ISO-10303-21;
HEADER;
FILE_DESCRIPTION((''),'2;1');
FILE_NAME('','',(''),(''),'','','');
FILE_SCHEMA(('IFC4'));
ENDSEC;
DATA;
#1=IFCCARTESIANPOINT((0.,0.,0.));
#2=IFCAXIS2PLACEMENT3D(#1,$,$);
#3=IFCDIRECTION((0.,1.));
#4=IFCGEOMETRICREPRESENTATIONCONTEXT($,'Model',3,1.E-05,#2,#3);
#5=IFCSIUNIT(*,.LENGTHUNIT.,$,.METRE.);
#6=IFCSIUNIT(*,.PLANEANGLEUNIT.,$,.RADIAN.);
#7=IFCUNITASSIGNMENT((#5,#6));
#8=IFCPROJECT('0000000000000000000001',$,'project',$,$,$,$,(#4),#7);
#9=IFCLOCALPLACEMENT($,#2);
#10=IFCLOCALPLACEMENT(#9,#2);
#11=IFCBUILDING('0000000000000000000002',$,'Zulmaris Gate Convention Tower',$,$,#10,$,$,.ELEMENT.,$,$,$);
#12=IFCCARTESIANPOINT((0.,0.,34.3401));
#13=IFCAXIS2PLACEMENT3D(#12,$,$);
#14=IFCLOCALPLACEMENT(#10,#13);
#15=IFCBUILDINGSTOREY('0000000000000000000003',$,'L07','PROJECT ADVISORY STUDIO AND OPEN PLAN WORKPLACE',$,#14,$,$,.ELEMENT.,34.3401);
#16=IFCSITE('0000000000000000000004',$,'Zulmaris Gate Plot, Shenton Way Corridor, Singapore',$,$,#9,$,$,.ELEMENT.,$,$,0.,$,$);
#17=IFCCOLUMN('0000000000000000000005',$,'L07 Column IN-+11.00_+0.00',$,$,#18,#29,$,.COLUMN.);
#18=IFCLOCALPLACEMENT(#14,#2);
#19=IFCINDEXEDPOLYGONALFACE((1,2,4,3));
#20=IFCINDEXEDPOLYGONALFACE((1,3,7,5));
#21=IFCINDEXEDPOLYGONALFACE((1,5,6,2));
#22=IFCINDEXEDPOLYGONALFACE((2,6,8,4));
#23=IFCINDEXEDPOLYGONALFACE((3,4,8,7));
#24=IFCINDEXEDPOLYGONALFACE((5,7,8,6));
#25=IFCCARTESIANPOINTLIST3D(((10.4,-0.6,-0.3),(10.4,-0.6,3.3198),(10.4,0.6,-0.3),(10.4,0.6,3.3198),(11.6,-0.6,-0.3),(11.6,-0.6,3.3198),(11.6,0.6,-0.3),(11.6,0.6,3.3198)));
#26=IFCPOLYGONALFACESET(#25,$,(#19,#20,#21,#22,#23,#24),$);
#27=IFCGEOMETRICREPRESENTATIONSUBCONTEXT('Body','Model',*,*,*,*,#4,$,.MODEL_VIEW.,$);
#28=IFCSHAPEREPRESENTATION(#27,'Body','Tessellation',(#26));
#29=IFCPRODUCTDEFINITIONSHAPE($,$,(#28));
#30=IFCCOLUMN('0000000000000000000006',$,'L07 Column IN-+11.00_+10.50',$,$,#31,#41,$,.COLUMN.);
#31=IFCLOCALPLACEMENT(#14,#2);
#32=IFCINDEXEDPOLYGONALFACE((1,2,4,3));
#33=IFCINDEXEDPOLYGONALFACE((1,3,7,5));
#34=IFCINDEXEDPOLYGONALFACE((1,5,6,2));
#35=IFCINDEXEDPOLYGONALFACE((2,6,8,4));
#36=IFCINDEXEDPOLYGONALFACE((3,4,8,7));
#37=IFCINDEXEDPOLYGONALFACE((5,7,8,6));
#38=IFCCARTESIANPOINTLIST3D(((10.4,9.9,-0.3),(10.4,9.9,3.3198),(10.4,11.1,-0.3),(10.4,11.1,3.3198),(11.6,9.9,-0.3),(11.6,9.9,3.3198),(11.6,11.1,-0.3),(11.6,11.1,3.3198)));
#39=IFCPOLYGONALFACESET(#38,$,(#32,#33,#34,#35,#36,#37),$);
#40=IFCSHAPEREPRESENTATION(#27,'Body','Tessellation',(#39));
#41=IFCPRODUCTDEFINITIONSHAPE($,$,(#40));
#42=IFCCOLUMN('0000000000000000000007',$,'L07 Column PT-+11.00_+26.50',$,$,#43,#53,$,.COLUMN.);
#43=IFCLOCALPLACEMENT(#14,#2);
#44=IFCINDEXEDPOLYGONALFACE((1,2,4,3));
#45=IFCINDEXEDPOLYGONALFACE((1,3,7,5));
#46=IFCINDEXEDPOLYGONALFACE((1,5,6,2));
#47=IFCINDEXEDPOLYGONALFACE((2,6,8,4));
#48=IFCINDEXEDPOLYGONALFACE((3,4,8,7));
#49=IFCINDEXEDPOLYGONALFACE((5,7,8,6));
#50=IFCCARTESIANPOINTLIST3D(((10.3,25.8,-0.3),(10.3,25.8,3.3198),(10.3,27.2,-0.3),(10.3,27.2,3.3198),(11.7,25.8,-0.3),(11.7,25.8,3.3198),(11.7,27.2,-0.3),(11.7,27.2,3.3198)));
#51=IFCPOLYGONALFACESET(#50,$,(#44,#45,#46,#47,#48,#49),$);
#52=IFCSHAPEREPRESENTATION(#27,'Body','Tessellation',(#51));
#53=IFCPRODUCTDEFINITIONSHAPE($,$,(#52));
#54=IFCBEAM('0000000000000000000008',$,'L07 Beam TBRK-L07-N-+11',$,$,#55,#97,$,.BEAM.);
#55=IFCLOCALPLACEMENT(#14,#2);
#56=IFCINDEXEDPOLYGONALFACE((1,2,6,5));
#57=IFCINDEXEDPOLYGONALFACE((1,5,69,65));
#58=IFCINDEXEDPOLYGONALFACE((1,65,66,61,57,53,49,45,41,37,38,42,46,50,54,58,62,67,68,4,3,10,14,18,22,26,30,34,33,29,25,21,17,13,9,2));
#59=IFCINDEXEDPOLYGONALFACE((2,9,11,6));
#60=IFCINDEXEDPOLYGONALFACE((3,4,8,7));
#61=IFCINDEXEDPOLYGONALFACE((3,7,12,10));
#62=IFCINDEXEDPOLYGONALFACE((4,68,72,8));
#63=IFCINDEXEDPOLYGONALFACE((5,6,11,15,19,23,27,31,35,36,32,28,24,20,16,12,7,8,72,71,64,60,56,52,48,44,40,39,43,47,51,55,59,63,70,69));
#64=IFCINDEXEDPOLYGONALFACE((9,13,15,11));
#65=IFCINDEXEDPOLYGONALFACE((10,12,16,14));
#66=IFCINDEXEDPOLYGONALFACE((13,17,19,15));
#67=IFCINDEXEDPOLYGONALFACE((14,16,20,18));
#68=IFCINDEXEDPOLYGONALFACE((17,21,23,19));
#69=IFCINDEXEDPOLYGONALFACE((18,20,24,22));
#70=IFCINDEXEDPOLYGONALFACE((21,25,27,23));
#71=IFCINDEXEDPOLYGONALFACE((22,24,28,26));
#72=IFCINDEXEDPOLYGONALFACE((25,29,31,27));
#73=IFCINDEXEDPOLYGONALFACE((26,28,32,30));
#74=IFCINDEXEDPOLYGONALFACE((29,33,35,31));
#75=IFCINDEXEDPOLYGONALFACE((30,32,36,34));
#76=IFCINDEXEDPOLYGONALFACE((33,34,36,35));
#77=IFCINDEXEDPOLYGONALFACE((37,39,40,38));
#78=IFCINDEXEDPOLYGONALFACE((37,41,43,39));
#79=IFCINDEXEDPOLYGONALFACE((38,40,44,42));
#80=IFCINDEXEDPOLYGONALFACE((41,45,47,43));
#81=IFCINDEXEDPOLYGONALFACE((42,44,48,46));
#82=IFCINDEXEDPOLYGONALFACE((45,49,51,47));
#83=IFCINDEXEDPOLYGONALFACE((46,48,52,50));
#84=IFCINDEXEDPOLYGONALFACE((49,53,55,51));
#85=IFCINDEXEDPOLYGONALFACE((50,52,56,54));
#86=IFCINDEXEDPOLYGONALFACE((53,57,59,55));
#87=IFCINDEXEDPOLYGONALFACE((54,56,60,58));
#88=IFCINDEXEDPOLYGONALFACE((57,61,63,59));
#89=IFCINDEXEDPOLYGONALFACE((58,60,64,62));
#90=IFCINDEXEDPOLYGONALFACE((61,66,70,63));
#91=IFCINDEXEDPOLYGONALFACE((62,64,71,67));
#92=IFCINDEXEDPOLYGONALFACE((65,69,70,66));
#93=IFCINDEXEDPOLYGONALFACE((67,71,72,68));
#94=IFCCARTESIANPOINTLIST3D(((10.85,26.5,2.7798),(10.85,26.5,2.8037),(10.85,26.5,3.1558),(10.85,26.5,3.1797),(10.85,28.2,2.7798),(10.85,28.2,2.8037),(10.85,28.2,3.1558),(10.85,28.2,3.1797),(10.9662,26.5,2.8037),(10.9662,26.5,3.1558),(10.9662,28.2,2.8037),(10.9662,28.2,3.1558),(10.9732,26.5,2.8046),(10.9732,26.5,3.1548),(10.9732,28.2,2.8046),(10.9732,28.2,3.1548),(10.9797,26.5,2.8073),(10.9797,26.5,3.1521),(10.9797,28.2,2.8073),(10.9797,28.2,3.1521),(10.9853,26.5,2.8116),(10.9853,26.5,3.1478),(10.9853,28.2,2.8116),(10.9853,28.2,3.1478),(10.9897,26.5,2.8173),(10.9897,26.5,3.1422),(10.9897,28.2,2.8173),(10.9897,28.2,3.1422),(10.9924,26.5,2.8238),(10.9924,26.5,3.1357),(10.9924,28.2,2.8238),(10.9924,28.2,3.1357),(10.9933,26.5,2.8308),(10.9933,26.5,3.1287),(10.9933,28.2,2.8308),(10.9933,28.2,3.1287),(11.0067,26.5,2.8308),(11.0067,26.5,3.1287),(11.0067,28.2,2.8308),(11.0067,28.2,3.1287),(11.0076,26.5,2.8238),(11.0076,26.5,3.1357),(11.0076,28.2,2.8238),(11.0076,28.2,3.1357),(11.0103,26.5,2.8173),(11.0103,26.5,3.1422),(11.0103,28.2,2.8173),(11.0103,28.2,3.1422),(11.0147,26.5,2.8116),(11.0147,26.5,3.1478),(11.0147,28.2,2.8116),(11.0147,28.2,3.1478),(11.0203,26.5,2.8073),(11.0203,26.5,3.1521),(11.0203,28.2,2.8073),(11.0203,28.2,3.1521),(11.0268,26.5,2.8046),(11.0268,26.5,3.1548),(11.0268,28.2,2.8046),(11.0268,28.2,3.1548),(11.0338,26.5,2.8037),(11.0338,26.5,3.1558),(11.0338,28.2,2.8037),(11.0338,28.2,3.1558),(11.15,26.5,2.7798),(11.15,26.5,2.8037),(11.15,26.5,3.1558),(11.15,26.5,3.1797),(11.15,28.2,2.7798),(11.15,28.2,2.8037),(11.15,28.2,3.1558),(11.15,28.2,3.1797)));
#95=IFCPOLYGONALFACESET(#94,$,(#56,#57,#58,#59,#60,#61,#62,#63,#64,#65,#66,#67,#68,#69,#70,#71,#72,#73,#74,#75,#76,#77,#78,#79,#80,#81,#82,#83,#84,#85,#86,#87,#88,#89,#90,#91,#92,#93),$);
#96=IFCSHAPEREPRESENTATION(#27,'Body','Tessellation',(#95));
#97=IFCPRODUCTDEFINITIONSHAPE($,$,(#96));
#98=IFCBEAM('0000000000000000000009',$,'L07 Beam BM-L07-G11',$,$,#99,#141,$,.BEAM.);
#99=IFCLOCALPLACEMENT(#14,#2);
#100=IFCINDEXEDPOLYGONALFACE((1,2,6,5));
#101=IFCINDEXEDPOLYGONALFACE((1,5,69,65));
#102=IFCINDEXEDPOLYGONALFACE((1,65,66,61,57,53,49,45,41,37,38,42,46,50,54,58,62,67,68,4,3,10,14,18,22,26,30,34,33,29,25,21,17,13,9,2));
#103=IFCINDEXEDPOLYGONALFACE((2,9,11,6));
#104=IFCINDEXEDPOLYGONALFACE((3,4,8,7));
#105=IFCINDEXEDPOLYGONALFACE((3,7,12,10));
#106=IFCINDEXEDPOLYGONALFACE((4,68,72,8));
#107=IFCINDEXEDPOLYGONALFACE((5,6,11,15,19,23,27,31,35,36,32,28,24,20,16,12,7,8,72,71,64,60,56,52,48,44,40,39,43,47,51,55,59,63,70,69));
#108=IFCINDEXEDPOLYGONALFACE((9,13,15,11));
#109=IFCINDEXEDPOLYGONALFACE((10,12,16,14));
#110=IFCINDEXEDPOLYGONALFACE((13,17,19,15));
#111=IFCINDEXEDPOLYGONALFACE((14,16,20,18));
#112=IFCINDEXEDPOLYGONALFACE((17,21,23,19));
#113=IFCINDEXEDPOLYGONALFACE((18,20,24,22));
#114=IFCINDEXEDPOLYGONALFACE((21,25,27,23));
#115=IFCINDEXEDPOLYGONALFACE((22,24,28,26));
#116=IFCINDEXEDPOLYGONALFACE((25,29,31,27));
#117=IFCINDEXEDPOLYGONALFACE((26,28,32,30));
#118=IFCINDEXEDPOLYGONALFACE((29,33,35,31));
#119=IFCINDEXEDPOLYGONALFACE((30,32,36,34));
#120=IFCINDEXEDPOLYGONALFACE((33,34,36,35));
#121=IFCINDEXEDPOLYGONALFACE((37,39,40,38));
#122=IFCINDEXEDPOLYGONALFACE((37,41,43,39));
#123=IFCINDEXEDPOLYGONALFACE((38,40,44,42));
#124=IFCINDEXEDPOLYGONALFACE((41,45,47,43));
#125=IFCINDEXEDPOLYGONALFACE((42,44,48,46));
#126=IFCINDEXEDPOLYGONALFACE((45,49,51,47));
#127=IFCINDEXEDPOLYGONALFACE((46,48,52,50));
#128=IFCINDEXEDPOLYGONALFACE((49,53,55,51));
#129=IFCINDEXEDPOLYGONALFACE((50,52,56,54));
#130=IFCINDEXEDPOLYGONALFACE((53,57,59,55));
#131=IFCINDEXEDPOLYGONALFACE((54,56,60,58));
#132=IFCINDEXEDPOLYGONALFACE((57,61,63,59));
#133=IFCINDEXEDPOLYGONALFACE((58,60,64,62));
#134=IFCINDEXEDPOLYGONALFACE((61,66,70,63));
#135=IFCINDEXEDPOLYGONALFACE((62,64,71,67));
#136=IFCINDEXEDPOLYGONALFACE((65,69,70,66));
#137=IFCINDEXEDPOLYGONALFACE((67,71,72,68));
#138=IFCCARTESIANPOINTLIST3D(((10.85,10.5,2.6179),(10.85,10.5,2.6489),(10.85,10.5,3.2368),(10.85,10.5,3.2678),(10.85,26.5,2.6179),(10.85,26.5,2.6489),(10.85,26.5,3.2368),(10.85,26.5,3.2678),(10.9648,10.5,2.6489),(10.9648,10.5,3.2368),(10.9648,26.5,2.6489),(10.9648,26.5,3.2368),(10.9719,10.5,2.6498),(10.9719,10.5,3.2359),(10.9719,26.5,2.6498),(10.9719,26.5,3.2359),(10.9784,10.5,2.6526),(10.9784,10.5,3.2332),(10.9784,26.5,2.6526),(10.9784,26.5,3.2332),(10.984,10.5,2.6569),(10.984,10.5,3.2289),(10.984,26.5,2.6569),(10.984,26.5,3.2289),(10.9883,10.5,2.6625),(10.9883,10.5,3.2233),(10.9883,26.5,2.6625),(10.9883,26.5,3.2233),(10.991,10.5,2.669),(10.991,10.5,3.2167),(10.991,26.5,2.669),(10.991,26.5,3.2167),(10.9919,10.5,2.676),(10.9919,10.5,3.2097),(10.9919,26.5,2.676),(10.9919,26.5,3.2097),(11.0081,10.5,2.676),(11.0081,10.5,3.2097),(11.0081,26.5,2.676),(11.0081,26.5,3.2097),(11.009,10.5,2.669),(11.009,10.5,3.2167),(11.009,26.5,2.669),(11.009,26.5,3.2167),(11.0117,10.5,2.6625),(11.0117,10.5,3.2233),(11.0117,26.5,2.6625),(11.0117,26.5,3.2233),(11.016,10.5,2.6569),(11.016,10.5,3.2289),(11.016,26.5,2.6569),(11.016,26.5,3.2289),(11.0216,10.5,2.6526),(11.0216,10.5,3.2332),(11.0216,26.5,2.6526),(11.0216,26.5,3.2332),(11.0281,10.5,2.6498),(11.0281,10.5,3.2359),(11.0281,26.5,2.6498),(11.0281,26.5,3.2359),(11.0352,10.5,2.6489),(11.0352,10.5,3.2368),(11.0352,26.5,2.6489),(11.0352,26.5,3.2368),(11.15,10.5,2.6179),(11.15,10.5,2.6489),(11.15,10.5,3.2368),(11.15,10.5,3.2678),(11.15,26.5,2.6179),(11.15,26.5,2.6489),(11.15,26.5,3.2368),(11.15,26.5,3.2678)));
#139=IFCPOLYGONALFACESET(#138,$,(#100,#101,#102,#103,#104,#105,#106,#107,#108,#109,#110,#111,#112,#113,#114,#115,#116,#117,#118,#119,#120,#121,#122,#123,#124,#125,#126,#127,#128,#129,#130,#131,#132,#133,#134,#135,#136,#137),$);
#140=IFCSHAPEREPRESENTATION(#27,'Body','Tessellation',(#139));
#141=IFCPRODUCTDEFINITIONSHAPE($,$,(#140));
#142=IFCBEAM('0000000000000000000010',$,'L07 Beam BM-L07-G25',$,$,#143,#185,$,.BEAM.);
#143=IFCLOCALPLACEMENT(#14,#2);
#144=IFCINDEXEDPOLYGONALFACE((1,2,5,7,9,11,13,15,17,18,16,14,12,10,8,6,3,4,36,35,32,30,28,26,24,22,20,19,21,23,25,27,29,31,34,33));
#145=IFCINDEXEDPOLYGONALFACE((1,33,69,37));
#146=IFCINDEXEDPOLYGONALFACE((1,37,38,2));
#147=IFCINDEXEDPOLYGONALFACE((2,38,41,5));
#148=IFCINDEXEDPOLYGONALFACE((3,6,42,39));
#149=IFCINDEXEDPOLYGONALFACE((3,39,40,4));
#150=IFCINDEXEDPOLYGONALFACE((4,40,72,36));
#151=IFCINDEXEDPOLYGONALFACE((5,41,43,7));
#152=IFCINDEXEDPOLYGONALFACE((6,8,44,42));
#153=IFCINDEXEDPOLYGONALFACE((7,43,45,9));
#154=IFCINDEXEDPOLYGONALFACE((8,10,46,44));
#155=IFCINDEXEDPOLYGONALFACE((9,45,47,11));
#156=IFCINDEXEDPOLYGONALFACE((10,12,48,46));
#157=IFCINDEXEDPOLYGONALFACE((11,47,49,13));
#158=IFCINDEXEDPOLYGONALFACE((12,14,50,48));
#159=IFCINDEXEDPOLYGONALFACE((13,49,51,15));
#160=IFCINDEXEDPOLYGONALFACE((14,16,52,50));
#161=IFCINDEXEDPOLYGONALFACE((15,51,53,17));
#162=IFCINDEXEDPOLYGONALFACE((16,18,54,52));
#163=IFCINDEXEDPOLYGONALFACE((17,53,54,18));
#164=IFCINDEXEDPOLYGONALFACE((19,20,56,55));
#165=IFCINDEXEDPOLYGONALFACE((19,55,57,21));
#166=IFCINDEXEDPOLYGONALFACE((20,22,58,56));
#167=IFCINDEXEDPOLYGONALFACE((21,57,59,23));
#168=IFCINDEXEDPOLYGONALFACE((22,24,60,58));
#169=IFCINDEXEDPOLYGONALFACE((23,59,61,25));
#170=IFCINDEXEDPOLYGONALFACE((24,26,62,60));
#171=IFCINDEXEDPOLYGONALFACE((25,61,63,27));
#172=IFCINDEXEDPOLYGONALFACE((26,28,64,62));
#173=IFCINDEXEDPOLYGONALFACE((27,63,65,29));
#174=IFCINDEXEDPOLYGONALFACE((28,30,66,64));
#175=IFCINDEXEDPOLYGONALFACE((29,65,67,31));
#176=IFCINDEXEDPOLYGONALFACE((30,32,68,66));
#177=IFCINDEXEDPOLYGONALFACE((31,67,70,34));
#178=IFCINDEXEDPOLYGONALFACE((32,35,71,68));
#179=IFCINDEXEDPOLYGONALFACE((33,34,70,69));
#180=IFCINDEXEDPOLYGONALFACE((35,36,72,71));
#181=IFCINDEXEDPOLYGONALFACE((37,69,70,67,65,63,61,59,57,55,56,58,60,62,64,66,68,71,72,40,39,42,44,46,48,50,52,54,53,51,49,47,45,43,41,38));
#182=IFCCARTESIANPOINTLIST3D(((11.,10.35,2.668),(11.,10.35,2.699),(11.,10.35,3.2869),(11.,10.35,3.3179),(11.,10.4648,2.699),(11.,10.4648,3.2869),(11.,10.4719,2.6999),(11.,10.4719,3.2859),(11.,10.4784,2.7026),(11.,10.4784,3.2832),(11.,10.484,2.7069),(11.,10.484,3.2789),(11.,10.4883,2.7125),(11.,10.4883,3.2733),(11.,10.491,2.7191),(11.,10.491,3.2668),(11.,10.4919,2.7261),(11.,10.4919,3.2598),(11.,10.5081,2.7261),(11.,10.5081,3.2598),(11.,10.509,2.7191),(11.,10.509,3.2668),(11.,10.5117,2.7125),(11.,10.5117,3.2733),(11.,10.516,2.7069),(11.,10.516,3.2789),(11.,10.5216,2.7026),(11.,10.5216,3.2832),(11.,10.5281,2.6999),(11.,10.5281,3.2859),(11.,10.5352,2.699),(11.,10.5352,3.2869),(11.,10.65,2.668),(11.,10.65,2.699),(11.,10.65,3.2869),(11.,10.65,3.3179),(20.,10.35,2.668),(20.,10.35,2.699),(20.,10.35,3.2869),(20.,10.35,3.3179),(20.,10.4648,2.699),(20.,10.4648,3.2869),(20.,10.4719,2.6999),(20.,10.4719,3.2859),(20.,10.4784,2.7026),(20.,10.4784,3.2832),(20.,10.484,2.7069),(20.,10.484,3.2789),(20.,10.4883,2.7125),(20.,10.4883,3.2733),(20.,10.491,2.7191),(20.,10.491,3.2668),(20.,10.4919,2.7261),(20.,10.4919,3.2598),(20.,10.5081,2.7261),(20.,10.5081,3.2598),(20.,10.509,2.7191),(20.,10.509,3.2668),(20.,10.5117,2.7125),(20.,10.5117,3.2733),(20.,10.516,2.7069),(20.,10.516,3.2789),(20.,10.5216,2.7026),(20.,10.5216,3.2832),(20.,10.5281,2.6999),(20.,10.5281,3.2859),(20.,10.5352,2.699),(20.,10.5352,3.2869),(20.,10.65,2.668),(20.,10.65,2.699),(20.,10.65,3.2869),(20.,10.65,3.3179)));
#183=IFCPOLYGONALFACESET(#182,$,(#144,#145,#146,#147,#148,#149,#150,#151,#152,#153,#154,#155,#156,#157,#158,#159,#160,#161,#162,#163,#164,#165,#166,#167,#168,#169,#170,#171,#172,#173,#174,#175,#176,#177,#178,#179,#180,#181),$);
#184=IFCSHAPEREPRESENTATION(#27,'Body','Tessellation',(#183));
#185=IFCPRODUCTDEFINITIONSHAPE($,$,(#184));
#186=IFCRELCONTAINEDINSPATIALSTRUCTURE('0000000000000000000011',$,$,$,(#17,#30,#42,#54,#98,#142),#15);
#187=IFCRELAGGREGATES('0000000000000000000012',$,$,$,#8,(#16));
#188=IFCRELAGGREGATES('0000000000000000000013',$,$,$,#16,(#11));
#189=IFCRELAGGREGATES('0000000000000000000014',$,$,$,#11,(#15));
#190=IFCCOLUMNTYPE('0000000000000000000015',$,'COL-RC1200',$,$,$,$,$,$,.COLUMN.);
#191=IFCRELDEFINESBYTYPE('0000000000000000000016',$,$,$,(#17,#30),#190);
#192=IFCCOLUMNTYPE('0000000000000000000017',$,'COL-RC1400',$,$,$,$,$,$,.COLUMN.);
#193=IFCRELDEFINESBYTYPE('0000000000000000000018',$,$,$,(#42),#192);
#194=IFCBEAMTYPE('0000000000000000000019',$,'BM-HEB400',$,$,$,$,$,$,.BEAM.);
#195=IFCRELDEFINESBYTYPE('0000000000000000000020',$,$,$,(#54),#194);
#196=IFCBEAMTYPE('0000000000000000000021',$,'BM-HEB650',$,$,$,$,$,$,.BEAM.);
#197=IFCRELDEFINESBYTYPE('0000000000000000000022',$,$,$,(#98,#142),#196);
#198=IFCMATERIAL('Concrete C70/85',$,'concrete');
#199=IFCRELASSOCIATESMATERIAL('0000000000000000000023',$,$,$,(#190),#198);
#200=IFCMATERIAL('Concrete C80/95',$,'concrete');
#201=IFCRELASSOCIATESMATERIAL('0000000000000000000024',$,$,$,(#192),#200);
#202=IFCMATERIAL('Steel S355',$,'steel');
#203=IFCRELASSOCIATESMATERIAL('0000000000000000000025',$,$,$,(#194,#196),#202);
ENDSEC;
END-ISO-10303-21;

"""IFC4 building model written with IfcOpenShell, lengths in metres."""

from ifc_helpers import new_model, si_unit, direction, frame, origin, origin_2d, place, context, subcontext, project, spatial, rectangle, i_section, extrude, material, material_profile, profile_set, type_object, element, save


model = new_model("IFC4")

# Units and contexts
model_context = context("Model", 3, precision=1e-05, world=origin(), true_north=direction((0.0, 1.0)))
body_context = subcontext(model_context, "Body", "Model", "MODEL_VIEW")
ifc_project = project(units=[si_unit("LENGTHUNIT", "METRE"), si_unit("PLANEANGLEUNIT", "RADIAN")], contexts=[model_context])

# Site, building, storey
site_placement = place(None, origin())
site = spatial("IfcSite", under=ifc_project, at=site_placement, Name="Zulmaris Gate Plot, Shenton Way Corridor, Singapore", CompositionType="ELEMENT", RefElevation=0.0)
building_placement = place(site_placement, origin())
building = spatial("IfcBuilding", under=site, at=building_placement, Name="Zulmaris Gate Convention Tower", CompositionType="ELEMENT")
storey_placement = place(building_placement, frame((0.0, 0.0, 34.3401)))
storey = spatial("IfcBuildingStorey", under=building, at=storey_placement, Name="L07", Description="PROJECT ADVISORY STUDIO AND OPEN PLAN WORKPLACE", CompositionType="ELEMENT", Elevation=34.3401)

# Columns
ifc_material_1 = material(Name="Concrete C70/85", Category="concrete")
ifc_material_profile_1 = material_profile(ifc_material_1, rectangle(XDim=1.2, YDim=1.2, at=origin_2d()), Name="RC COL 1200x1200")
ifc_profile_set_1 = profile_set([ifc_material_profile_1], Name="Concrete C70/85")
column_type_1 = type_object("IfcColumnType", Name="COL-RC1200", PredefinedType="COLUMN", material=ifc_profile_set_1)
for number, where, z_axis, x_axis, name in (
    (1, (11.0, 0.0, -0.3), (0.0, 0.0, 1.0), (1.0, 0.0, 0.0), "L07 Column IN-+11.00_+0.00"),
    (2, (11.0, 10.5, -0.3), (0.0, 0.0, 1.0), (1.0, 0.0, 0.0), "L07 Column IN-+11.00_+10.50"),
):
    element("IfcColumn", number, at=place(storey_placement, frame(where, z_axis=z_axis, x_axis=x_axis)), inside=storey, type_object=column_type_1, Name=name, PredefinedType="COLUMN", context=body_context, shape_type="SweptSolid", body=[
        extrude(rectangle(XDim=1.2, YDim=1.2, at=origin_2d()), origin(), (0.0, 0.0, 1.0), 3.6199),
    ])
ifc_material_2 = material(Name="Concrete C80/95", Category="concrete")
ifc_material_profile_2 = material_profile(ifc_material_2, rectangle(XDim=1.3999, YDim=1.3999, at=origin_2d()), Name="RC COL 1400x1400")
ifc_profile_set_2 = profile_set([ifc_material_profile_2], Name="Concrete C80/95")
column_type_2 = type_object("IfcColumnType", Name="COL-RC1400", PredefinedType="COLUMN", material=ifc_profile_set_2)
column_placement = place(storey_placement, frame((11.0, 26.5, -0.3), z_axis=(0.0, 0.0, 1.0), x_axis=(1.0, 0.0, 0.0)))
element("IfcColumn", 3, at=column_placement, inside=storey, type_object=column_type_2, Name="L07 Column PT-+11.00_+26.50", PredefinedType="COLUMN", context=body_context, shape_type="SweptSolid", body=[
    extrude(rectangle(XDim=1.3999, YDim=1.3999, at=origin_2d()), origin(), (0.0, 0.0, 1.0), 3.6199),
])

# Beams
ifc_material_3 = material(Name="Steel S355", Category="steel")
ifc_material_profile_3 = material_profile(ifc_material_3, i_section(OverallWidth=0.3, OverallDepth=0.3999, WebThickness=0.0134, FlangeThickness=0.0239, FilletRadius=0.0271, at=origin_2d()), Name="HEB 400")
ifc_profile_set_3 = profile_set([ifc_material_profile_3], Name="Steel S355")
beam_type_1 = type_object("IfcBeamType", Name="BM-HEB400", PredefinedType="BEAM", material=ifc_profile_set_3)
beam_1_placement = place(storey_placement, frame((11.0, 26.5, 2.9797), z_axis=(0.0, 1.0, 0.0), x_axis=(-1.0, 0.0, 0.0)))
element("IfcBeam", 4, at=beam_1_placement, inside=storey, type_object=beam_type_1, Name="L07 Beam TBRK-L07-N-+11", PredefinedType="BEAM", context=body_context, shape_type="SweptSolid", body=[
    extrude(i_section(OverallWidth=0.3, OverallDepth=0.3999, WebThickness=0.0134, FlangeThickness=0.0239, FilletRadius=0.0271, at=origin_2d()), origin(), (0.0, 0.0, 1.0), 1.7),
])
ifc_material_profile_4 = material_profile(ifc_material_3, i_section(OverallWidth=0.3, OverallDepth=0.6499, WebThickness=0.0161, FlangeThickness=0.031, FilletRadius=0.0271, at=origin_2d()), Name="HEB 650")
ifc_profile_set_4 = profile_set([ifc_material_profile_4], Name="Steel S355")
beam_type_2 = type_object("IfcBeamType", Name="BM-HEB650", PredefinedType="BEAM", material=ifc_profile_set_4)
beam_2_placement = place(storey_placement, frame((11.0, 10.5, 2.9429), z_axis=(0.0, 1.0, 0.0), x_axis=(-1.0, 0.0, 0.0)))
element("IfcBeam", 5, at=beam_2_placement, inside=storey, type_object=beam_type_2, Name="L07 Beam BM-L07-G11", PredefinedType="BEAM", context=body_context, shape_type="SweptSolid", body=[
    extrude(i_section(OverallWidth=0.3, OverallDepth=0.6499, WebThickness=0.0161, FlangeThickness=0.031, FilletRadius=0.0271, at=origin_2d()), origin(), (0.0, 0.0, 1.0), 16.0),
])
beam_3_placement = place(storey_placement, frame((11.0, 10.5, 2.9929), z_axis=(1.0, 0.0, 0.0), x_axis=(0.0, 1.0, 0.0)))
element("IfcBeam", 6, at=beam_3_placement, inside=storey, type_object=beam_type_2, Name="L07 Beam BM-L07-G25", PredefinedType="BEAM", context=body_context, shape_type="SweptSolid", body=[
    extrude(i_section(OverallWidth=0.3, OverallDepth=0.6499, WebThickness=0.0161, FlangeThickness=0.031, FilletRadius=0.0271, at=origin_2d()), origin(), (0.0, 0.0, 1.0), 9.0),
])

save(model, "model.ifc")
